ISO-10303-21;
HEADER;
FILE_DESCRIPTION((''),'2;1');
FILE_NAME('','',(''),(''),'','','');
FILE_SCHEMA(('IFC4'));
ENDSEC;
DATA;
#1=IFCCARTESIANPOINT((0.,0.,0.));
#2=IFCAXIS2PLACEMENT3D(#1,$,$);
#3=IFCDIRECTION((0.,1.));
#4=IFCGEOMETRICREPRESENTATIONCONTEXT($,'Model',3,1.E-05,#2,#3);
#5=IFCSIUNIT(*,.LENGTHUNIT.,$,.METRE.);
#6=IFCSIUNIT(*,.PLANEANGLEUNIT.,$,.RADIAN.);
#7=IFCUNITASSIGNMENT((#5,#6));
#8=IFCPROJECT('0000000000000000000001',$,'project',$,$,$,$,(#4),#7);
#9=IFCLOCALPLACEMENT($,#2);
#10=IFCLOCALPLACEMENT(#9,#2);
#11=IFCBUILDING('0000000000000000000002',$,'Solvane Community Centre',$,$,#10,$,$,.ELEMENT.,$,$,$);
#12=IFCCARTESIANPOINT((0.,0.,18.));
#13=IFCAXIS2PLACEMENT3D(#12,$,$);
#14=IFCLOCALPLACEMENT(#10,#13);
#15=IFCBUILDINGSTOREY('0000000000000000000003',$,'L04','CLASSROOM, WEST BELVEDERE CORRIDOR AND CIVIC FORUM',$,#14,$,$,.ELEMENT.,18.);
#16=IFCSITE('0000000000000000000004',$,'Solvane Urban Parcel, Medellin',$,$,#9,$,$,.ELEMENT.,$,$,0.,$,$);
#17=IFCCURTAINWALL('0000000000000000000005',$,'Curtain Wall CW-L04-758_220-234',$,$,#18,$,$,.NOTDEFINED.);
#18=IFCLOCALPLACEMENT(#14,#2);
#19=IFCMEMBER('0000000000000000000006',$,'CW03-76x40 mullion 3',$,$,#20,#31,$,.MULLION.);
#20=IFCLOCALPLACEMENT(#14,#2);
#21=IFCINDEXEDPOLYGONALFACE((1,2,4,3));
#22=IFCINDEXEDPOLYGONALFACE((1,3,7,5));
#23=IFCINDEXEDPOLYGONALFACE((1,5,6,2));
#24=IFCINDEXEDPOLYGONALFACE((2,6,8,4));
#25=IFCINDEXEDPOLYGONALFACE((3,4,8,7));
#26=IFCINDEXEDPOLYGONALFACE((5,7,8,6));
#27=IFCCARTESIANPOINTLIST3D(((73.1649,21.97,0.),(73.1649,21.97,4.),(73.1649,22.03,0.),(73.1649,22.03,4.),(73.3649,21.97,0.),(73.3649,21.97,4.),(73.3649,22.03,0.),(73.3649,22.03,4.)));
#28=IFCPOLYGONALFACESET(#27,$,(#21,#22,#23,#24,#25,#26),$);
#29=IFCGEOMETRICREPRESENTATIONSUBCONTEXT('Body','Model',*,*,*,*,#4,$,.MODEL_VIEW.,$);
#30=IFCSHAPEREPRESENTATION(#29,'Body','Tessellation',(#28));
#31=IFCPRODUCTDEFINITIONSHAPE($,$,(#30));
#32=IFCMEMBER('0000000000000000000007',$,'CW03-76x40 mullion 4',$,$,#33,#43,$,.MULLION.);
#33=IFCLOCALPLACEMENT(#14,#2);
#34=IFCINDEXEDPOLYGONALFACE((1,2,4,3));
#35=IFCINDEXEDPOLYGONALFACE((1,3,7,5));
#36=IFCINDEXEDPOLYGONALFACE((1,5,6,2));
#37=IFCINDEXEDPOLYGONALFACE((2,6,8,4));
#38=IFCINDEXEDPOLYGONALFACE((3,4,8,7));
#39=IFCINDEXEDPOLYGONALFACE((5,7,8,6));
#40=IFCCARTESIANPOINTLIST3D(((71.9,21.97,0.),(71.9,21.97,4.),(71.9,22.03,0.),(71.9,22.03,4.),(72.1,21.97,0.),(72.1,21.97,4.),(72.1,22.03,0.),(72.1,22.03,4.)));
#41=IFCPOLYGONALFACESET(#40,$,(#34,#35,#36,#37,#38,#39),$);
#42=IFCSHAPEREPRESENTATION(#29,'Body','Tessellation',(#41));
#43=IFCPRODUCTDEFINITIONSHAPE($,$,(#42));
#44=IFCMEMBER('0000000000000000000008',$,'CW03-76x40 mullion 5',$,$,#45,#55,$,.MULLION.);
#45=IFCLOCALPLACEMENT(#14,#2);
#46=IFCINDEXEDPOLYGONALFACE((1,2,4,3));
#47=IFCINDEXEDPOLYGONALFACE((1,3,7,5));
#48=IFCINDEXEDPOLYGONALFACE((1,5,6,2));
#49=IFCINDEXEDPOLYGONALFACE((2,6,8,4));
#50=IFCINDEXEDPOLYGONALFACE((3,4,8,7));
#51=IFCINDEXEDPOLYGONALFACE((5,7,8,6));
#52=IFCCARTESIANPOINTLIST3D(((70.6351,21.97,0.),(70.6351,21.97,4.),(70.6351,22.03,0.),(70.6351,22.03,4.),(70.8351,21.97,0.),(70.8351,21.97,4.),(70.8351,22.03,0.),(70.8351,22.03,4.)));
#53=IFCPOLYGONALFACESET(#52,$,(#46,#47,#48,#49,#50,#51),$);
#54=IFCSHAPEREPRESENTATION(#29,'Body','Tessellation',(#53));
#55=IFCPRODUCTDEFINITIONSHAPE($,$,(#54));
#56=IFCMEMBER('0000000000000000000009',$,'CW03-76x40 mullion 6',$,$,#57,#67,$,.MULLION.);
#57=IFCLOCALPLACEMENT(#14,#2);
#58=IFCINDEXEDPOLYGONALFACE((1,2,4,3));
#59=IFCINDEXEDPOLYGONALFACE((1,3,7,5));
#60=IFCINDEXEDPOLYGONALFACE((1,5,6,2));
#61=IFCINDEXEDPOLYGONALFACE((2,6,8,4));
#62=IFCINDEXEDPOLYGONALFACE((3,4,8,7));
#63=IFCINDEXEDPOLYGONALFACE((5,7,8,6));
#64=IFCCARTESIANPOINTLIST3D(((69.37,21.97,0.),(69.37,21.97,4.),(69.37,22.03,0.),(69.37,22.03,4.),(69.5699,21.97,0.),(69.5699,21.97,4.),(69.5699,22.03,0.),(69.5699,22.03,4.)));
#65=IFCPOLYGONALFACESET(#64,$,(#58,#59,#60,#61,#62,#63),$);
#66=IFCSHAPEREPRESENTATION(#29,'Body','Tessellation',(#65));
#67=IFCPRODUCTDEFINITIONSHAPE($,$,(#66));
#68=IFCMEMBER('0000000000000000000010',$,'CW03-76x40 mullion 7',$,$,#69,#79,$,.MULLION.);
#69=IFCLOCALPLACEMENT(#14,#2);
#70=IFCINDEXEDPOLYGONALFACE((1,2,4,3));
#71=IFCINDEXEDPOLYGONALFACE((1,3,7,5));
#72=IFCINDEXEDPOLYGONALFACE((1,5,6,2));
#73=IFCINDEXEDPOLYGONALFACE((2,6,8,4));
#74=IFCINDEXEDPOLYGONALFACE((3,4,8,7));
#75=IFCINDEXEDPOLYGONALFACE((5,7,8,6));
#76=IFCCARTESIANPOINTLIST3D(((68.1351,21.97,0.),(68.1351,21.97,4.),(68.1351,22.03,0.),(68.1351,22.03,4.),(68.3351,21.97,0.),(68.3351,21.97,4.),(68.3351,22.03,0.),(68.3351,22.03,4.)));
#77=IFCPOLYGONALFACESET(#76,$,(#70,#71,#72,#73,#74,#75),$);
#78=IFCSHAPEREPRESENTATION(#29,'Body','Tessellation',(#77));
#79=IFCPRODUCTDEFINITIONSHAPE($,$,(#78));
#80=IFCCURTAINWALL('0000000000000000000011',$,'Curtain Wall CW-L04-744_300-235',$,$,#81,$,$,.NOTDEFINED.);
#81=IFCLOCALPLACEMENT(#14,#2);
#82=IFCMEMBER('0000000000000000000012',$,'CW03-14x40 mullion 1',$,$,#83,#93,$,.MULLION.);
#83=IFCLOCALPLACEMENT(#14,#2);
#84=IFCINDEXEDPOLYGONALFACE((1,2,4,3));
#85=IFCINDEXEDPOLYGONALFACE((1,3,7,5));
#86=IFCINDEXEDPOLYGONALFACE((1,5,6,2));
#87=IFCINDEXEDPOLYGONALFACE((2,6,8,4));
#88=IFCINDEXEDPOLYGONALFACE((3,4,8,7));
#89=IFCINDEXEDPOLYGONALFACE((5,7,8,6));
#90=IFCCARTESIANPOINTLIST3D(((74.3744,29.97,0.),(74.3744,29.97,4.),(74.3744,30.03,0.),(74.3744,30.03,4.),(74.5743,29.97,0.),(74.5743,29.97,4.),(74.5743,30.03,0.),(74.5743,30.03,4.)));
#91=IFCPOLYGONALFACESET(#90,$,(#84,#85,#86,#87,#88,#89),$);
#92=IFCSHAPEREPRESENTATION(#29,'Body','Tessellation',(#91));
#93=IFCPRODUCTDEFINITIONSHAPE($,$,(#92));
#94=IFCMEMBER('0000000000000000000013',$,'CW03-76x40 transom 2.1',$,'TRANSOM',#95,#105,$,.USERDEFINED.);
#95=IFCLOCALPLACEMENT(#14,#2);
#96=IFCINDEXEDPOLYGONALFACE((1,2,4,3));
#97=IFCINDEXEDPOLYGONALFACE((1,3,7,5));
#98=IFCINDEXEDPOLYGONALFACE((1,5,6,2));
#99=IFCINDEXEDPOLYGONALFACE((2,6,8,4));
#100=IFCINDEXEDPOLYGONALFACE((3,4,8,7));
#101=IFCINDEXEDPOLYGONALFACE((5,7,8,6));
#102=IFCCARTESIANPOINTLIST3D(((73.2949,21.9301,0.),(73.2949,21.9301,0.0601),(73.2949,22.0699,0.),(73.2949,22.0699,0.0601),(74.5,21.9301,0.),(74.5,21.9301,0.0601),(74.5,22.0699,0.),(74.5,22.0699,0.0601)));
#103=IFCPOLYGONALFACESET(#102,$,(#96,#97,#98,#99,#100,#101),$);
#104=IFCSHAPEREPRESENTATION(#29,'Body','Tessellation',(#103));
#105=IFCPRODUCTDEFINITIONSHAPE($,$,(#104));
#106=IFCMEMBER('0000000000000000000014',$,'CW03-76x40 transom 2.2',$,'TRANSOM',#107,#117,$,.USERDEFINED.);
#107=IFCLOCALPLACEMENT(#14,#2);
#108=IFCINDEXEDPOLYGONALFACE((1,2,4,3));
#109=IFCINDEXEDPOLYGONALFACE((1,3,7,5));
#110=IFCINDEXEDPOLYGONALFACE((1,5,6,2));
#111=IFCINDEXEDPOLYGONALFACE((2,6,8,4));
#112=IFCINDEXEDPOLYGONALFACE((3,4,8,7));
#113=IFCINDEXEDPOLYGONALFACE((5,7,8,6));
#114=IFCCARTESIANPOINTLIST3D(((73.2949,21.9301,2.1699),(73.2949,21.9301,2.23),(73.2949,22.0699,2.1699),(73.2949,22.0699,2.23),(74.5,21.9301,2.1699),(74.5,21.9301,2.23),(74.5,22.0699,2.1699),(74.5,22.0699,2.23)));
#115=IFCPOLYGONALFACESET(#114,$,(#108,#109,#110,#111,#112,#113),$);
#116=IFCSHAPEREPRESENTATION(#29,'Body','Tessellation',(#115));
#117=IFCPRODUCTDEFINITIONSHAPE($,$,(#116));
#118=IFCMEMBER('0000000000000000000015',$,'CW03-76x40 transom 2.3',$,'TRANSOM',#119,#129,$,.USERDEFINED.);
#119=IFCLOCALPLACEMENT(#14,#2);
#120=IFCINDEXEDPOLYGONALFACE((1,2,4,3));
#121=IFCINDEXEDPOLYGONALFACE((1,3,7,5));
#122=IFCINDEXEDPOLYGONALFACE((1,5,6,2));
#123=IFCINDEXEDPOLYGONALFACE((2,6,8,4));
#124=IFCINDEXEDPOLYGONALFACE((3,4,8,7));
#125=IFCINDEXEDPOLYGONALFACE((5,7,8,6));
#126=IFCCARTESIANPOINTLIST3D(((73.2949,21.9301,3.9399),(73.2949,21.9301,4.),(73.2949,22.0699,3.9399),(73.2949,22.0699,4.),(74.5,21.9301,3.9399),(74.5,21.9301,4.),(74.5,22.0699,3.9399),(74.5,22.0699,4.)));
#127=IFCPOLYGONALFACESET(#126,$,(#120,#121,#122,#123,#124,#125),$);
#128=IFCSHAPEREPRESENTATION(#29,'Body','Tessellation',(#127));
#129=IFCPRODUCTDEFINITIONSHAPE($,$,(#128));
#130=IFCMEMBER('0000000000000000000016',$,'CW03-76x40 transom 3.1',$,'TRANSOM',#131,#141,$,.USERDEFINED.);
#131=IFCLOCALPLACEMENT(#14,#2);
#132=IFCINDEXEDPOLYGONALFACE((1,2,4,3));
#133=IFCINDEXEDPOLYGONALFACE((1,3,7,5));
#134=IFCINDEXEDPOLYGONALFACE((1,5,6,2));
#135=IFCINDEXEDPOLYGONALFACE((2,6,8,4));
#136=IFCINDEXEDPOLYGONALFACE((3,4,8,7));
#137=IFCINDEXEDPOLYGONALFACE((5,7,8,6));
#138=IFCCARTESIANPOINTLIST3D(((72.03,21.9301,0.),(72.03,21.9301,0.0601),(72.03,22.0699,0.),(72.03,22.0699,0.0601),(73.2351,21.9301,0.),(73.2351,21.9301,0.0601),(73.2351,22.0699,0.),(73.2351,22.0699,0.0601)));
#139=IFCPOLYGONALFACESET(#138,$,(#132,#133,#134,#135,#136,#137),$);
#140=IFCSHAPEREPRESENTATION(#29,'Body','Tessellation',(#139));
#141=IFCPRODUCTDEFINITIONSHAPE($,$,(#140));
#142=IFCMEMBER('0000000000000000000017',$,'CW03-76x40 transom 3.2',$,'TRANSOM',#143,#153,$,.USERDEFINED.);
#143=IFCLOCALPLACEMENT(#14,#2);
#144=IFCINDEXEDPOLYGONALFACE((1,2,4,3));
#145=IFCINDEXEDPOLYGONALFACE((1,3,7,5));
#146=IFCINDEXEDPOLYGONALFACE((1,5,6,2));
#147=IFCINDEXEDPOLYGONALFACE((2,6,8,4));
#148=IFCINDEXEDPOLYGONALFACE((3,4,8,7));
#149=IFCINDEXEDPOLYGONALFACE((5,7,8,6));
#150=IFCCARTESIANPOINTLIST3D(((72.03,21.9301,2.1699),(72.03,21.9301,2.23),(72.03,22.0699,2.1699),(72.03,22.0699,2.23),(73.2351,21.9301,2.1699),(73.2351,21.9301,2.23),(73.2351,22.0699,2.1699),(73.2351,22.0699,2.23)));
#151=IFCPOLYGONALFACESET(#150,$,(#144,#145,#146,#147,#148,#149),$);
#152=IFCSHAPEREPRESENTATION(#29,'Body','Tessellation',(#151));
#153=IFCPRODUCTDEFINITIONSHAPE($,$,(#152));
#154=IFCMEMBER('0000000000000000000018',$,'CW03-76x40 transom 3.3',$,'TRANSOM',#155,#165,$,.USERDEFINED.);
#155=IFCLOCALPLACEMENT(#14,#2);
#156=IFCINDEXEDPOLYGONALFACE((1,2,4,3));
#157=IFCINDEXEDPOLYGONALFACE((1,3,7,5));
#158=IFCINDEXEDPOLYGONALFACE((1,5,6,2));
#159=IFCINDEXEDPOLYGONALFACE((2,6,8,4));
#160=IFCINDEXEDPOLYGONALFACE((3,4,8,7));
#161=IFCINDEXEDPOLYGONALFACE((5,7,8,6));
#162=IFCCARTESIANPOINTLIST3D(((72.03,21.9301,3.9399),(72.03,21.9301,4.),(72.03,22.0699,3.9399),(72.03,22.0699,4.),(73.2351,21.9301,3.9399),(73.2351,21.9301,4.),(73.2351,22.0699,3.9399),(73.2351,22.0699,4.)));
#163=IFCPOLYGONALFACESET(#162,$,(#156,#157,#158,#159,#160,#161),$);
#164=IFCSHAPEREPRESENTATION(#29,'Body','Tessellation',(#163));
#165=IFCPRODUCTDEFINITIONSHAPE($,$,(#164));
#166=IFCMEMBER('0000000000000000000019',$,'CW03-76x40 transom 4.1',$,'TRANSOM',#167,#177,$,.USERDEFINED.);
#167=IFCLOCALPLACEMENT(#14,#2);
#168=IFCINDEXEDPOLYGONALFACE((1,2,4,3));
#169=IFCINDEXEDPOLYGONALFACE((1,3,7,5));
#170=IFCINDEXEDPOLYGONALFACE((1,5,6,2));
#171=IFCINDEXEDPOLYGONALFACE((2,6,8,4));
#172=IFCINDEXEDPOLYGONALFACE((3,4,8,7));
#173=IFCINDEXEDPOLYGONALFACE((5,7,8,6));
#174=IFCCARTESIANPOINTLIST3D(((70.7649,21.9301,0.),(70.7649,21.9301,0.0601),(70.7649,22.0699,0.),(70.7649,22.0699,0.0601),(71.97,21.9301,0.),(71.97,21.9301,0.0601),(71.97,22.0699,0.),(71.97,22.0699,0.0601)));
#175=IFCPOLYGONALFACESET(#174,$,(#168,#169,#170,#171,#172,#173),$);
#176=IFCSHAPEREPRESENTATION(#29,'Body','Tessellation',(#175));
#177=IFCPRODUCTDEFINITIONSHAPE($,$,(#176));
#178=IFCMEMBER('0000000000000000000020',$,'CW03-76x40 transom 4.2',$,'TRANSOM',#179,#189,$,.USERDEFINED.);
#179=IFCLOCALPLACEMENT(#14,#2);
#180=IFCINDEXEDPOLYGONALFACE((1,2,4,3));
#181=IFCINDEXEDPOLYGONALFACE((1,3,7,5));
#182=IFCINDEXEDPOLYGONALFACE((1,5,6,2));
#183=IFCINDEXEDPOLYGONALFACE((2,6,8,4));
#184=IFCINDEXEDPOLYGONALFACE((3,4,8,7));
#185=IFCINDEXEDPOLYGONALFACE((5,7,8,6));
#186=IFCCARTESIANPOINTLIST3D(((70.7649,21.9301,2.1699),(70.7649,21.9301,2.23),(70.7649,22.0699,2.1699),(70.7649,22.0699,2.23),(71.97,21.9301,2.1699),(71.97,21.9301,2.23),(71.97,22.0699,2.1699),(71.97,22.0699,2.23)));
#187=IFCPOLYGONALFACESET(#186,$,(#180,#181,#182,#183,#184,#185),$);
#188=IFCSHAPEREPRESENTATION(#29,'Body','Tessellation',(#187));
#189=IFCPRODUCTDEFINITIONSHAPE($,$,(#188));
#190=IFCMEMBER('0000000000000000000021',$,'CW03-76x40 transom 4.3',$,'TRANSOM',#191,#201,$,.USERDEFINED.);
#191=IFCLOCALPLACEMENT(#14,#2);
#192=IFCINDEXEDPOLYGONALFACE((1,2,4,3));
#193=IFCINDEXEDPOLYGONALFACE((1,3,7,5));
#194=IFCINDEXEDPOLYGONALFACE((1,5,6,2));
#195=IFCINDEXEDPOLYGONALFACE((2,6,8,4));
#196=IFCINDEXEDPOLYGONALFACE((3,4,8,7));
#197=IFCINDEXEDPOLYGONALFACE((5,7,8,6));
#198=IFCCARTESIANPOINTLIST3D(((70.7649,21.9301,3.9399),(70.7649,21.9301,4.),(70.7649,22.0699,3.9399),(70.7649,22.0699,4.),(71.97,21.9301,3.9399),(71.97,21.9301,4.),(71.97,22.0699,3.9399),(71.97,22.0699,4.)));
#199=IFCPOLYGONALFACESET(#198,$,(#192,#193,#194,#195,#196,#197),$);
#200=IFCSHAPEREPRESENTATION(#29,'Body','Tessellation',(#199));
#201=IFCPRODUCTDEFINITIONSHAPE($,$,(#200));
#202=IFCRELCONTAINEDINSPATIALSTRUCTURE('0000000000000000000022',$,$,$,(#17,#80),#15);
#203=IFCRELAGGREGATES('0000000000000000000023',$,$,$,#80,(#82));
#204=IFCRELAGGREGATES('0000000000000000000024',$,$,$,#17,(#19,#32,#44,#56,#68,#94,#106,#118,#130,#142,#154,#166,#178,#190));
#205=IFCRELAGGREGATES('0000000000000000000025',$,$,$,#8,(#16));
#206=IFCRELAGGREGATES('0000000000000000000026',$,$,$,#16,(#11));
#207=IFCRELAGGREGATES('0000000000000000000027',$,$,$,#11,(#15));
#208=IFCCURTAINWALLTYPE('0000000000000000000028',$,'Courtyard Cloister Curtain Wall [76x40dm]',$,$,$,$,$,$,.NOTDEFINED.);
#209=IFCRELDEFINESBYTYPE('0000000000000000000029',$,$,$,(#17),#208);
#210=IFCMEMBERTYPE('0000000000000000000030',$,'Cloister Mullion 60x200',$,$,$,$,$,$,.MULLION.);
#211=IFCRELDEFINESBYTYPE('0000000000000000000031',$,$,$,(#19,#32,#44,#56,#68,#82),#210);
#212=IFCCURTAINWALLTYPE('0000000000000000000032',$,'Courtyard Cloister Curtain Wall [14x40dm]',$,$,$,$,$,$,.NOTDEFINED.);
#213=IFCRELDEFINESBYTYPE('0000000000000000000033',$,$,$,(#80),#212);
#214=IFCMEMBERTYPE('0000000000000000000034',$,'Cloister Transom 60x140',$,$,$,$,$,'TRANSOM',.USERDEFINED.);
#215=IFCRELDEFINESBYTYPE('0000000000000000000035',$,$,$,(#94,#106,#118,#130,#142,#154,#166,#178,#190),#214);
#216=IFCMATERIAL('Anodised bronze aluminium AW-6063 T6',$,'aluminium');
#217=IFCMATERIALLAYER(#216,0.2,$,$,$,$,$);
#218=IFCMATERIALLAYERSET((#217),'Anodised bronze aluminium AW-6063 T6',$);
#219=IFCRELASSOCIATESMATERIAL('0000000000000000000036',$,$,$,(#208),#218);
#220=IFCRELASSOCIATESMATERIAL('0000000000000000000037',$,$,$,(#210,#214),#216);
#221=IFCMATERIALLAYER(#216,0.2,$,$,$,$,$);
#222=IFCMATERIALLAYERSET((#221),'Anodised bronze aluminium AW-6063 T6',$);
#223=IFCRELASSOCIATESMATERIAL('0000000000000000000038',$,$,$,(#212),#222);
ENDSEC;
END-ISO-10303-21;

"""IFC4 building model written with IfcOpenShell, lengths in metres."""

from ifc_helpers import new_model, si_unit, direction, frame, origin, origin_2d, place, context, subcontext, project, spatial, rectangle, extrude, material, layer, layer_set, material_profile, profile_set, type_object, element, aggregate, save


model = new_model("IFC4")

# Units and contexts
model_context = context("Model", 3, precision=1e-05, world=origin(), true_north=direction((0.0, 1.0)))
body_context = subcontext(model_context, "Body", "Model", "MODEL_VIEW")
ifc_project = project(units=[si_unit("LENGTHUNIT", "METRE"), si_unit("PLANEANGLEUNIT", "RADIAN")], contexts=[model_context])

# Site, building, storey
site_placement = place(None, origin())
site = spatial("IfcSite", under=ifc_project, at=site_placement, Name="Solvane Urban Parcel, Medellin", CompositionType="ELEMENT", RefElevation=0.0)
building_placement = place(site_placement, origin())
building = spatial("IfcBuilding", under=site, at=building_placement, Name="Solvane Community Centre", CompositionType="ELEMENT")
storey_placement = place(building_placement, frame((0.0, 0.0, 18.0)))
storey = spatial("IfcBuildingStorey", under=building, at=storey_placement, Name="L04", Description="CLASSROOM, WEST BELVEDERE CORRIDOR AND CIVIC FORUM", CompositionType="ELEMENT", Elevation=18.0)

# Curtain wall, members
ifc_material_1 = material(Name="Anodised bronze aluminium AW-6063 T6", Category="aluminium")
ifc_layer_1 = layer(ifc_material_1, 0.2)
ifc_layer_set_1 = layer_set([ifc_layer_1], Name="Anodised bronze aluminium AW-6063 T6")
curtain_wall_type_1 = type_object("IfcCurtainWallType", Name="Courtyard Cloister Curtain Wall [76x40dm]", PredefinedType="NOTDEFINED", material=ifc_layer_set_1)
curtain_wall_1_placement = place(storey_placement, origin())
curtain_wall_1 = element("IfcCurtainWall", 1, at=curtain_wall_1_placement, inside=storey, type_object=curtain_wall_type_1, Name="Curtain Wall CW-L04-758_220-234", PredefinedType="NOTDEFINED")
ifc_material_profile_1 = material_profile(ifc_material_1, rectangle(XDim=0.0601, YDim=0.2, at=origin_2d()), Name="CW-M 60x200")
ifc_profile_set_1 = profile_set([ifc_material_profile_1], Name="Anodised bronze aluminium AW-6063 T6")
member_type_1 = type_object("IfcMemberType", Name="Cloister Mullion 60x200", PredefinedType="MULLION", material=ifc_profile_set_1)
member_1_placement = place(storey_placement, frame((73.2649, 22.0, 0.0), z_axis=(0.0, 0.0, 1.0), x_axis=(0.0, -1.0, 0.0)))
member_1 = element("IfcMember", 2, at=member_1_placement, type_object=member_type_1, Name="CW03-76x40 mullion 3", PredefinedType="MULLION", context=body_context, shape_type="SweptSolid", body=[
    extrude(rectangle(XDim=0.0601, YDim=0.2, at=origin_2d()), origin(), (0.0, 0.0, 1.0), 4.0),
])
member_2_placement = place(storey_placement, frame((72.0, 22.0, 0.0), z_axis=(0.0, 0.0, 1.0), x_axis=(0.0, -1.0, 0.0)))
member_2 = element("IfcMember", 3, at=member_2_placement, type_object=member_type_1, Name="CW03-76x40 mullion 4", PredefinedType="MULLION", context=body_context, shape_type="SweptSolid", body=[
    extrude(rectangle(XDim=0.0601, YDim=0.2, at=origin_2d()), origin(), (0.0, 0.0, 1.0), 4.0),
])
member_3_placement = place(storey_placement, frame((70.7351, 22.0, 0.0), z_axis=(0.0, 0.0, 1.0), x_axis=(0.0, -1.0, 0.0)))
member_3 = element("IfcMember", 4, at=member_3_placement, type_object=member_type_1, Name="CW03-76x40 mullion 5", PredefinedType="MULLION", context=body_context, shape_type="SweptSolid", body=[
    extrude(rectangle(XDim=0.0601, YDim=0.2, at=origin_2d()), origin(), (0.0, 0.0, 1.0), 4.0),
])
member_4_placement = place(storey_placement, frame((69.47, 22.0, 0.0), z_axis=(0.0, 0.0, 1.0), x_axis=(0.0, -1.0, 0.0)))
member_4 = element("IfcMember", 5, at=member_4_placement, type_object=member_type_1, Name="CW03-76x40 mullion 6", PredefinedType="MULLION", context=body_context, shape_type="SweptSolid", body=[
    extrude(rectangle(XDim=0.0601, YDim=0.2, at=origin_2d()), origin(), (0.0, 0.0, 1.0), 4.0),
])
member_5_placement = place(storey_placement, frame((68.2351, 22.0, 0.0), z_axis=(0.0, 0.0, 1.0), x_axis=(0.0, -1.0, 0.0)))
member_5 = element("IfcMember", 6, at=member_5_placement, type_object=member_type_1, Name="CW03-76x40 mullion 7", PredefinedType="MULLION", context=body_context, shape_type="SweptSolid", body=[
    extrude(rectangle(XDim=0.0601, YDim=0.2, at=origin_2d()), origin(), (0.0, 0.0, 1.0), 4.0),
])

# Curtain wall, member
ifc_layer_2 = layer(ifc_material_1, 0.2)
ifc_layer_set_2 = layer_set([ifc_layer_2], Name="Anodised bronze aluminium AW-6063 T6")
curtain_wall_type_2 = type_object("IfcCurtainWallType", Name="Courtyard Cloister Curtain Wall [14x40dm]", PredefinedType="NOTDEFINED", material=ifc_layer_set_2)
curtain_wall_2_placement = place(storey_placement, origin())
curtain_wall_2 = element("IfcCurtainWall", 7, at=curtain_wall_2_placement, inside=storey, type_object=curtain_wall_type_2, Name="Curtain Wall CW-L04-744_300-235", PredefinedType="NOTDEFINED")
member_6_placement = place(storey_placement, frame((74.4744, 30.0, 0.0), z_axis=(0.0, 0.0, 1.0), x_axis=(0.0, 1.0, 0.0)))
member_6 = element("IfcMember", 8, at=member_6_placement, type_object=member_type_1, Name="CW03-14x40 mullion 1", PredefinedType="MULLION", context=body_context, shape_type="SweptSolid", body=[
    extrude(rectangle(XDim=0.0601, YDim=0.2, at=origin_2d()), origin(), (0.0, 0.0, 1.0), 4.0),
])
aggregate(curtain_wall_2, [member_6])

# Members
ifc_material_profile_2 = material_profile(ifc_material_1, rectangle(XDim=0.1399, YDim=0.0601, at=origin_2d()), Name="CW-T 60x140")
ifc_profile_set_2 = profile_set([ifc_material_profile_2], Name="Anodised bronze aluminium AW-6063 T6")
member_type_2 = type_object("IfcMemberType", Name="Cloister Transom 60x140", ElementType="TRANSOM", PredefinedType="USERDEFINED", material=ifc_profile_set_2)
member_7_placement = place(storey_placement, frame((74.5, 22.0, 0.03), z_axis=(-1.0, 0.0, 0.0), x_axis=(0.0, -1.0, 0.0)))
member_7 = element("IfcMember", 9, at=member_7_placement, type_object=member_type_2, Name="CW03-76x40 transom 2.1", ObjectType="TRANSOM", PredefinedType="USERDEFINED", context=body_context, shape_type="SweptSolid", body=[
    extrude(rectangle(XDim=0.1399, YDim=0.0601, at=origin_2d()), origin(), (0.0, 0.0, 1.0), 1.2051),
])
member_8_placement = place(storey_placement, frame((74.5, 22.0, 2.2), z_axis=(-1.0, 0.0, 0.0), x_axis=(0.0, -1.0, 0.0)))
member_8 = element("IfcMember", 10, at=member_8_placement, type_object=member_type_2, Name="CW03-76x40 transom 2.2", ObjectType="TRANSOM", PredefinedType="USERDEFINED", context=body_context, shape_type="SweptSolid", body=[
    extrude(rectangle(XDim=0.1399, YDim=0.0601, at=origin_2d()), origin(), (0.0, 0.0, 1.0), 1.2051),
])
member_9_placement = place(storey_placement, frame((74.5, 22.0, 3.97), z_axis=(-1.0, 0.0, 0.0), x_axis=(0.0, -1.0, 0.0)))
member_9 = element("IfcMember", 11, at=member_9_placement, type_object=member_type_2, Name="CW03-76x40 transom 2.3", ObjectType="TRANSOM", PredefinedType="USERDEFINED", context=body_context, shape_type="SweptSolid", body=[
    extrude(rectangle(XDim=0.1399, YDim=0.0601, at=origin_2d()), origin(), (0.0, 0.0, 1.0), 1.2051),
])
member_10_placement = place(storey_placement, frame((73.2351, 22.0, 0.03), z_axis=(-1.0, 0.0, 0.0), x_axis=(0.0, -1.0, 0.0)))
member_10 = element("IfcMember", 12, at=member_10_placement, type_object=member_type_2, Name="CW03-76x40 transom 3.1", ObjectType="TRANSOM", PredefinedType="USERDEFINED", context=body_context, shape_type="SweptSolid", body=[
    extrude(rectangle(XDim=0.1399, YDim=0.0601, at=origin_2d()), origin(), (0.0, 0.0, 1.0), 1.2051),
])
member_11_placement = place(storey_placement, frame((73.2351, 22.0, 2.2), z_axis=(-1.0, 0.0, 0.0), x_axis=(0.0, -1.0, 0.0)))
member_11 = element("IfcMember", 13, at=member_11_placement, type_object=member_type_2, Name="CW03-76x40 transom 3.2", ObjectType="TRANSOM", PredefinedType="USERDEFINED", context=body_context, shape_type="SweptSolid", body=[
    extrude(rectangle(XDim=0.1399, YDim=0.0601, at=origin_2d()), origin(), (0.0, 0.0, 1.0), 1.2051),
])
member_12_placement = place(storey_placement, frame((73.2351, 22.0, 3.97), z_axis=(-1.0, 0.0, 0.0), x_axis=(0.0, -1.0, 0.0)))
member_12 = element("IfcMember", 14, at=member_12_placement, type_object=member_type_2, Name="CW03-76x40 transom 3.3", ObjectType="TRANSOM", PredefinedType="USERDEFINED", context=body_context, shape_type="SweptSolid", body=[
    extrude(rectangle(XDim=0.1399, YDim=0.0601, at=origin_2d()), origin(), (0.0, 0.0, 1.0), 1.2051),
])
member_13_placement = place(storey_placement, frame((71.97, 22.0, 0.03), z_axis=(-1.0, 0.0, 0.0), x_axis=(0.0, -1.0, 0.0)))
member_13 = element("IfcMember", 15, at=member_13_placement, type_object=member_type_2, Name="CW03-76x40 transom 4.1", ObjectType="TRANSOM", PredefinedType="USERDEFINED", context=body_context, shape_type="SweptSolid", body=[
    extrude(rectangle(XDim=0.1399, YDim=0.0601, at=origin_2d()), origin(), (0.0, 0.0, 1.0), 1.2051),
])
member_14_placement = place(storey_placement, frame((71.97, 22.0, 2.2), z_axis=(-1.0, 0.0, 0.0), x_axis=(0.0, -1.0, 0.0)))
member_14 = element("IfcMember", 16, at=member_14_placement, type_object=member_type_2, Name="CW03-76x40 transom 4.2", ObjectType="TRANSOM", PredefinedType="USERDEFINED", context=body_context, shape_type="SweptSolid", body=[
    extrude(rectangle(XDim=0.1399, YDim=0.0601, at=origin_2d()), origin(), (0.0, 0.0, 1.0), 1.2051),
])
member_15_placement = place(storey_placement, frame((71.97, 22.0, 3.97), z_axis=(-1.0, 0.0, 0.0), x_axis=(0.0, -1.0, 0.0)))
member_15 = element("IfcMember", 17, at=member_15_placement, type_object=member_type_2, Name="CW03-76x40 transom 4.3", ObjectType="TRANSOM", PredefinedType="USERDEFINED", context=body_context, shape_type="SweptSolid", body=[
    extrude(rectangle(XDim=0.1399, YDim=0.0601, at=origin_2d()), origin(), (0.0, 0.0, 1.0), 1.2051),
])

aggregate(curtain_wall_1, [member_1, member_2, member_3, member_4, member_5, member_7, member_8, member_9, member_10, member_11, member_12, member_13, member_14, member_15])

save(model, "model.ifc")
